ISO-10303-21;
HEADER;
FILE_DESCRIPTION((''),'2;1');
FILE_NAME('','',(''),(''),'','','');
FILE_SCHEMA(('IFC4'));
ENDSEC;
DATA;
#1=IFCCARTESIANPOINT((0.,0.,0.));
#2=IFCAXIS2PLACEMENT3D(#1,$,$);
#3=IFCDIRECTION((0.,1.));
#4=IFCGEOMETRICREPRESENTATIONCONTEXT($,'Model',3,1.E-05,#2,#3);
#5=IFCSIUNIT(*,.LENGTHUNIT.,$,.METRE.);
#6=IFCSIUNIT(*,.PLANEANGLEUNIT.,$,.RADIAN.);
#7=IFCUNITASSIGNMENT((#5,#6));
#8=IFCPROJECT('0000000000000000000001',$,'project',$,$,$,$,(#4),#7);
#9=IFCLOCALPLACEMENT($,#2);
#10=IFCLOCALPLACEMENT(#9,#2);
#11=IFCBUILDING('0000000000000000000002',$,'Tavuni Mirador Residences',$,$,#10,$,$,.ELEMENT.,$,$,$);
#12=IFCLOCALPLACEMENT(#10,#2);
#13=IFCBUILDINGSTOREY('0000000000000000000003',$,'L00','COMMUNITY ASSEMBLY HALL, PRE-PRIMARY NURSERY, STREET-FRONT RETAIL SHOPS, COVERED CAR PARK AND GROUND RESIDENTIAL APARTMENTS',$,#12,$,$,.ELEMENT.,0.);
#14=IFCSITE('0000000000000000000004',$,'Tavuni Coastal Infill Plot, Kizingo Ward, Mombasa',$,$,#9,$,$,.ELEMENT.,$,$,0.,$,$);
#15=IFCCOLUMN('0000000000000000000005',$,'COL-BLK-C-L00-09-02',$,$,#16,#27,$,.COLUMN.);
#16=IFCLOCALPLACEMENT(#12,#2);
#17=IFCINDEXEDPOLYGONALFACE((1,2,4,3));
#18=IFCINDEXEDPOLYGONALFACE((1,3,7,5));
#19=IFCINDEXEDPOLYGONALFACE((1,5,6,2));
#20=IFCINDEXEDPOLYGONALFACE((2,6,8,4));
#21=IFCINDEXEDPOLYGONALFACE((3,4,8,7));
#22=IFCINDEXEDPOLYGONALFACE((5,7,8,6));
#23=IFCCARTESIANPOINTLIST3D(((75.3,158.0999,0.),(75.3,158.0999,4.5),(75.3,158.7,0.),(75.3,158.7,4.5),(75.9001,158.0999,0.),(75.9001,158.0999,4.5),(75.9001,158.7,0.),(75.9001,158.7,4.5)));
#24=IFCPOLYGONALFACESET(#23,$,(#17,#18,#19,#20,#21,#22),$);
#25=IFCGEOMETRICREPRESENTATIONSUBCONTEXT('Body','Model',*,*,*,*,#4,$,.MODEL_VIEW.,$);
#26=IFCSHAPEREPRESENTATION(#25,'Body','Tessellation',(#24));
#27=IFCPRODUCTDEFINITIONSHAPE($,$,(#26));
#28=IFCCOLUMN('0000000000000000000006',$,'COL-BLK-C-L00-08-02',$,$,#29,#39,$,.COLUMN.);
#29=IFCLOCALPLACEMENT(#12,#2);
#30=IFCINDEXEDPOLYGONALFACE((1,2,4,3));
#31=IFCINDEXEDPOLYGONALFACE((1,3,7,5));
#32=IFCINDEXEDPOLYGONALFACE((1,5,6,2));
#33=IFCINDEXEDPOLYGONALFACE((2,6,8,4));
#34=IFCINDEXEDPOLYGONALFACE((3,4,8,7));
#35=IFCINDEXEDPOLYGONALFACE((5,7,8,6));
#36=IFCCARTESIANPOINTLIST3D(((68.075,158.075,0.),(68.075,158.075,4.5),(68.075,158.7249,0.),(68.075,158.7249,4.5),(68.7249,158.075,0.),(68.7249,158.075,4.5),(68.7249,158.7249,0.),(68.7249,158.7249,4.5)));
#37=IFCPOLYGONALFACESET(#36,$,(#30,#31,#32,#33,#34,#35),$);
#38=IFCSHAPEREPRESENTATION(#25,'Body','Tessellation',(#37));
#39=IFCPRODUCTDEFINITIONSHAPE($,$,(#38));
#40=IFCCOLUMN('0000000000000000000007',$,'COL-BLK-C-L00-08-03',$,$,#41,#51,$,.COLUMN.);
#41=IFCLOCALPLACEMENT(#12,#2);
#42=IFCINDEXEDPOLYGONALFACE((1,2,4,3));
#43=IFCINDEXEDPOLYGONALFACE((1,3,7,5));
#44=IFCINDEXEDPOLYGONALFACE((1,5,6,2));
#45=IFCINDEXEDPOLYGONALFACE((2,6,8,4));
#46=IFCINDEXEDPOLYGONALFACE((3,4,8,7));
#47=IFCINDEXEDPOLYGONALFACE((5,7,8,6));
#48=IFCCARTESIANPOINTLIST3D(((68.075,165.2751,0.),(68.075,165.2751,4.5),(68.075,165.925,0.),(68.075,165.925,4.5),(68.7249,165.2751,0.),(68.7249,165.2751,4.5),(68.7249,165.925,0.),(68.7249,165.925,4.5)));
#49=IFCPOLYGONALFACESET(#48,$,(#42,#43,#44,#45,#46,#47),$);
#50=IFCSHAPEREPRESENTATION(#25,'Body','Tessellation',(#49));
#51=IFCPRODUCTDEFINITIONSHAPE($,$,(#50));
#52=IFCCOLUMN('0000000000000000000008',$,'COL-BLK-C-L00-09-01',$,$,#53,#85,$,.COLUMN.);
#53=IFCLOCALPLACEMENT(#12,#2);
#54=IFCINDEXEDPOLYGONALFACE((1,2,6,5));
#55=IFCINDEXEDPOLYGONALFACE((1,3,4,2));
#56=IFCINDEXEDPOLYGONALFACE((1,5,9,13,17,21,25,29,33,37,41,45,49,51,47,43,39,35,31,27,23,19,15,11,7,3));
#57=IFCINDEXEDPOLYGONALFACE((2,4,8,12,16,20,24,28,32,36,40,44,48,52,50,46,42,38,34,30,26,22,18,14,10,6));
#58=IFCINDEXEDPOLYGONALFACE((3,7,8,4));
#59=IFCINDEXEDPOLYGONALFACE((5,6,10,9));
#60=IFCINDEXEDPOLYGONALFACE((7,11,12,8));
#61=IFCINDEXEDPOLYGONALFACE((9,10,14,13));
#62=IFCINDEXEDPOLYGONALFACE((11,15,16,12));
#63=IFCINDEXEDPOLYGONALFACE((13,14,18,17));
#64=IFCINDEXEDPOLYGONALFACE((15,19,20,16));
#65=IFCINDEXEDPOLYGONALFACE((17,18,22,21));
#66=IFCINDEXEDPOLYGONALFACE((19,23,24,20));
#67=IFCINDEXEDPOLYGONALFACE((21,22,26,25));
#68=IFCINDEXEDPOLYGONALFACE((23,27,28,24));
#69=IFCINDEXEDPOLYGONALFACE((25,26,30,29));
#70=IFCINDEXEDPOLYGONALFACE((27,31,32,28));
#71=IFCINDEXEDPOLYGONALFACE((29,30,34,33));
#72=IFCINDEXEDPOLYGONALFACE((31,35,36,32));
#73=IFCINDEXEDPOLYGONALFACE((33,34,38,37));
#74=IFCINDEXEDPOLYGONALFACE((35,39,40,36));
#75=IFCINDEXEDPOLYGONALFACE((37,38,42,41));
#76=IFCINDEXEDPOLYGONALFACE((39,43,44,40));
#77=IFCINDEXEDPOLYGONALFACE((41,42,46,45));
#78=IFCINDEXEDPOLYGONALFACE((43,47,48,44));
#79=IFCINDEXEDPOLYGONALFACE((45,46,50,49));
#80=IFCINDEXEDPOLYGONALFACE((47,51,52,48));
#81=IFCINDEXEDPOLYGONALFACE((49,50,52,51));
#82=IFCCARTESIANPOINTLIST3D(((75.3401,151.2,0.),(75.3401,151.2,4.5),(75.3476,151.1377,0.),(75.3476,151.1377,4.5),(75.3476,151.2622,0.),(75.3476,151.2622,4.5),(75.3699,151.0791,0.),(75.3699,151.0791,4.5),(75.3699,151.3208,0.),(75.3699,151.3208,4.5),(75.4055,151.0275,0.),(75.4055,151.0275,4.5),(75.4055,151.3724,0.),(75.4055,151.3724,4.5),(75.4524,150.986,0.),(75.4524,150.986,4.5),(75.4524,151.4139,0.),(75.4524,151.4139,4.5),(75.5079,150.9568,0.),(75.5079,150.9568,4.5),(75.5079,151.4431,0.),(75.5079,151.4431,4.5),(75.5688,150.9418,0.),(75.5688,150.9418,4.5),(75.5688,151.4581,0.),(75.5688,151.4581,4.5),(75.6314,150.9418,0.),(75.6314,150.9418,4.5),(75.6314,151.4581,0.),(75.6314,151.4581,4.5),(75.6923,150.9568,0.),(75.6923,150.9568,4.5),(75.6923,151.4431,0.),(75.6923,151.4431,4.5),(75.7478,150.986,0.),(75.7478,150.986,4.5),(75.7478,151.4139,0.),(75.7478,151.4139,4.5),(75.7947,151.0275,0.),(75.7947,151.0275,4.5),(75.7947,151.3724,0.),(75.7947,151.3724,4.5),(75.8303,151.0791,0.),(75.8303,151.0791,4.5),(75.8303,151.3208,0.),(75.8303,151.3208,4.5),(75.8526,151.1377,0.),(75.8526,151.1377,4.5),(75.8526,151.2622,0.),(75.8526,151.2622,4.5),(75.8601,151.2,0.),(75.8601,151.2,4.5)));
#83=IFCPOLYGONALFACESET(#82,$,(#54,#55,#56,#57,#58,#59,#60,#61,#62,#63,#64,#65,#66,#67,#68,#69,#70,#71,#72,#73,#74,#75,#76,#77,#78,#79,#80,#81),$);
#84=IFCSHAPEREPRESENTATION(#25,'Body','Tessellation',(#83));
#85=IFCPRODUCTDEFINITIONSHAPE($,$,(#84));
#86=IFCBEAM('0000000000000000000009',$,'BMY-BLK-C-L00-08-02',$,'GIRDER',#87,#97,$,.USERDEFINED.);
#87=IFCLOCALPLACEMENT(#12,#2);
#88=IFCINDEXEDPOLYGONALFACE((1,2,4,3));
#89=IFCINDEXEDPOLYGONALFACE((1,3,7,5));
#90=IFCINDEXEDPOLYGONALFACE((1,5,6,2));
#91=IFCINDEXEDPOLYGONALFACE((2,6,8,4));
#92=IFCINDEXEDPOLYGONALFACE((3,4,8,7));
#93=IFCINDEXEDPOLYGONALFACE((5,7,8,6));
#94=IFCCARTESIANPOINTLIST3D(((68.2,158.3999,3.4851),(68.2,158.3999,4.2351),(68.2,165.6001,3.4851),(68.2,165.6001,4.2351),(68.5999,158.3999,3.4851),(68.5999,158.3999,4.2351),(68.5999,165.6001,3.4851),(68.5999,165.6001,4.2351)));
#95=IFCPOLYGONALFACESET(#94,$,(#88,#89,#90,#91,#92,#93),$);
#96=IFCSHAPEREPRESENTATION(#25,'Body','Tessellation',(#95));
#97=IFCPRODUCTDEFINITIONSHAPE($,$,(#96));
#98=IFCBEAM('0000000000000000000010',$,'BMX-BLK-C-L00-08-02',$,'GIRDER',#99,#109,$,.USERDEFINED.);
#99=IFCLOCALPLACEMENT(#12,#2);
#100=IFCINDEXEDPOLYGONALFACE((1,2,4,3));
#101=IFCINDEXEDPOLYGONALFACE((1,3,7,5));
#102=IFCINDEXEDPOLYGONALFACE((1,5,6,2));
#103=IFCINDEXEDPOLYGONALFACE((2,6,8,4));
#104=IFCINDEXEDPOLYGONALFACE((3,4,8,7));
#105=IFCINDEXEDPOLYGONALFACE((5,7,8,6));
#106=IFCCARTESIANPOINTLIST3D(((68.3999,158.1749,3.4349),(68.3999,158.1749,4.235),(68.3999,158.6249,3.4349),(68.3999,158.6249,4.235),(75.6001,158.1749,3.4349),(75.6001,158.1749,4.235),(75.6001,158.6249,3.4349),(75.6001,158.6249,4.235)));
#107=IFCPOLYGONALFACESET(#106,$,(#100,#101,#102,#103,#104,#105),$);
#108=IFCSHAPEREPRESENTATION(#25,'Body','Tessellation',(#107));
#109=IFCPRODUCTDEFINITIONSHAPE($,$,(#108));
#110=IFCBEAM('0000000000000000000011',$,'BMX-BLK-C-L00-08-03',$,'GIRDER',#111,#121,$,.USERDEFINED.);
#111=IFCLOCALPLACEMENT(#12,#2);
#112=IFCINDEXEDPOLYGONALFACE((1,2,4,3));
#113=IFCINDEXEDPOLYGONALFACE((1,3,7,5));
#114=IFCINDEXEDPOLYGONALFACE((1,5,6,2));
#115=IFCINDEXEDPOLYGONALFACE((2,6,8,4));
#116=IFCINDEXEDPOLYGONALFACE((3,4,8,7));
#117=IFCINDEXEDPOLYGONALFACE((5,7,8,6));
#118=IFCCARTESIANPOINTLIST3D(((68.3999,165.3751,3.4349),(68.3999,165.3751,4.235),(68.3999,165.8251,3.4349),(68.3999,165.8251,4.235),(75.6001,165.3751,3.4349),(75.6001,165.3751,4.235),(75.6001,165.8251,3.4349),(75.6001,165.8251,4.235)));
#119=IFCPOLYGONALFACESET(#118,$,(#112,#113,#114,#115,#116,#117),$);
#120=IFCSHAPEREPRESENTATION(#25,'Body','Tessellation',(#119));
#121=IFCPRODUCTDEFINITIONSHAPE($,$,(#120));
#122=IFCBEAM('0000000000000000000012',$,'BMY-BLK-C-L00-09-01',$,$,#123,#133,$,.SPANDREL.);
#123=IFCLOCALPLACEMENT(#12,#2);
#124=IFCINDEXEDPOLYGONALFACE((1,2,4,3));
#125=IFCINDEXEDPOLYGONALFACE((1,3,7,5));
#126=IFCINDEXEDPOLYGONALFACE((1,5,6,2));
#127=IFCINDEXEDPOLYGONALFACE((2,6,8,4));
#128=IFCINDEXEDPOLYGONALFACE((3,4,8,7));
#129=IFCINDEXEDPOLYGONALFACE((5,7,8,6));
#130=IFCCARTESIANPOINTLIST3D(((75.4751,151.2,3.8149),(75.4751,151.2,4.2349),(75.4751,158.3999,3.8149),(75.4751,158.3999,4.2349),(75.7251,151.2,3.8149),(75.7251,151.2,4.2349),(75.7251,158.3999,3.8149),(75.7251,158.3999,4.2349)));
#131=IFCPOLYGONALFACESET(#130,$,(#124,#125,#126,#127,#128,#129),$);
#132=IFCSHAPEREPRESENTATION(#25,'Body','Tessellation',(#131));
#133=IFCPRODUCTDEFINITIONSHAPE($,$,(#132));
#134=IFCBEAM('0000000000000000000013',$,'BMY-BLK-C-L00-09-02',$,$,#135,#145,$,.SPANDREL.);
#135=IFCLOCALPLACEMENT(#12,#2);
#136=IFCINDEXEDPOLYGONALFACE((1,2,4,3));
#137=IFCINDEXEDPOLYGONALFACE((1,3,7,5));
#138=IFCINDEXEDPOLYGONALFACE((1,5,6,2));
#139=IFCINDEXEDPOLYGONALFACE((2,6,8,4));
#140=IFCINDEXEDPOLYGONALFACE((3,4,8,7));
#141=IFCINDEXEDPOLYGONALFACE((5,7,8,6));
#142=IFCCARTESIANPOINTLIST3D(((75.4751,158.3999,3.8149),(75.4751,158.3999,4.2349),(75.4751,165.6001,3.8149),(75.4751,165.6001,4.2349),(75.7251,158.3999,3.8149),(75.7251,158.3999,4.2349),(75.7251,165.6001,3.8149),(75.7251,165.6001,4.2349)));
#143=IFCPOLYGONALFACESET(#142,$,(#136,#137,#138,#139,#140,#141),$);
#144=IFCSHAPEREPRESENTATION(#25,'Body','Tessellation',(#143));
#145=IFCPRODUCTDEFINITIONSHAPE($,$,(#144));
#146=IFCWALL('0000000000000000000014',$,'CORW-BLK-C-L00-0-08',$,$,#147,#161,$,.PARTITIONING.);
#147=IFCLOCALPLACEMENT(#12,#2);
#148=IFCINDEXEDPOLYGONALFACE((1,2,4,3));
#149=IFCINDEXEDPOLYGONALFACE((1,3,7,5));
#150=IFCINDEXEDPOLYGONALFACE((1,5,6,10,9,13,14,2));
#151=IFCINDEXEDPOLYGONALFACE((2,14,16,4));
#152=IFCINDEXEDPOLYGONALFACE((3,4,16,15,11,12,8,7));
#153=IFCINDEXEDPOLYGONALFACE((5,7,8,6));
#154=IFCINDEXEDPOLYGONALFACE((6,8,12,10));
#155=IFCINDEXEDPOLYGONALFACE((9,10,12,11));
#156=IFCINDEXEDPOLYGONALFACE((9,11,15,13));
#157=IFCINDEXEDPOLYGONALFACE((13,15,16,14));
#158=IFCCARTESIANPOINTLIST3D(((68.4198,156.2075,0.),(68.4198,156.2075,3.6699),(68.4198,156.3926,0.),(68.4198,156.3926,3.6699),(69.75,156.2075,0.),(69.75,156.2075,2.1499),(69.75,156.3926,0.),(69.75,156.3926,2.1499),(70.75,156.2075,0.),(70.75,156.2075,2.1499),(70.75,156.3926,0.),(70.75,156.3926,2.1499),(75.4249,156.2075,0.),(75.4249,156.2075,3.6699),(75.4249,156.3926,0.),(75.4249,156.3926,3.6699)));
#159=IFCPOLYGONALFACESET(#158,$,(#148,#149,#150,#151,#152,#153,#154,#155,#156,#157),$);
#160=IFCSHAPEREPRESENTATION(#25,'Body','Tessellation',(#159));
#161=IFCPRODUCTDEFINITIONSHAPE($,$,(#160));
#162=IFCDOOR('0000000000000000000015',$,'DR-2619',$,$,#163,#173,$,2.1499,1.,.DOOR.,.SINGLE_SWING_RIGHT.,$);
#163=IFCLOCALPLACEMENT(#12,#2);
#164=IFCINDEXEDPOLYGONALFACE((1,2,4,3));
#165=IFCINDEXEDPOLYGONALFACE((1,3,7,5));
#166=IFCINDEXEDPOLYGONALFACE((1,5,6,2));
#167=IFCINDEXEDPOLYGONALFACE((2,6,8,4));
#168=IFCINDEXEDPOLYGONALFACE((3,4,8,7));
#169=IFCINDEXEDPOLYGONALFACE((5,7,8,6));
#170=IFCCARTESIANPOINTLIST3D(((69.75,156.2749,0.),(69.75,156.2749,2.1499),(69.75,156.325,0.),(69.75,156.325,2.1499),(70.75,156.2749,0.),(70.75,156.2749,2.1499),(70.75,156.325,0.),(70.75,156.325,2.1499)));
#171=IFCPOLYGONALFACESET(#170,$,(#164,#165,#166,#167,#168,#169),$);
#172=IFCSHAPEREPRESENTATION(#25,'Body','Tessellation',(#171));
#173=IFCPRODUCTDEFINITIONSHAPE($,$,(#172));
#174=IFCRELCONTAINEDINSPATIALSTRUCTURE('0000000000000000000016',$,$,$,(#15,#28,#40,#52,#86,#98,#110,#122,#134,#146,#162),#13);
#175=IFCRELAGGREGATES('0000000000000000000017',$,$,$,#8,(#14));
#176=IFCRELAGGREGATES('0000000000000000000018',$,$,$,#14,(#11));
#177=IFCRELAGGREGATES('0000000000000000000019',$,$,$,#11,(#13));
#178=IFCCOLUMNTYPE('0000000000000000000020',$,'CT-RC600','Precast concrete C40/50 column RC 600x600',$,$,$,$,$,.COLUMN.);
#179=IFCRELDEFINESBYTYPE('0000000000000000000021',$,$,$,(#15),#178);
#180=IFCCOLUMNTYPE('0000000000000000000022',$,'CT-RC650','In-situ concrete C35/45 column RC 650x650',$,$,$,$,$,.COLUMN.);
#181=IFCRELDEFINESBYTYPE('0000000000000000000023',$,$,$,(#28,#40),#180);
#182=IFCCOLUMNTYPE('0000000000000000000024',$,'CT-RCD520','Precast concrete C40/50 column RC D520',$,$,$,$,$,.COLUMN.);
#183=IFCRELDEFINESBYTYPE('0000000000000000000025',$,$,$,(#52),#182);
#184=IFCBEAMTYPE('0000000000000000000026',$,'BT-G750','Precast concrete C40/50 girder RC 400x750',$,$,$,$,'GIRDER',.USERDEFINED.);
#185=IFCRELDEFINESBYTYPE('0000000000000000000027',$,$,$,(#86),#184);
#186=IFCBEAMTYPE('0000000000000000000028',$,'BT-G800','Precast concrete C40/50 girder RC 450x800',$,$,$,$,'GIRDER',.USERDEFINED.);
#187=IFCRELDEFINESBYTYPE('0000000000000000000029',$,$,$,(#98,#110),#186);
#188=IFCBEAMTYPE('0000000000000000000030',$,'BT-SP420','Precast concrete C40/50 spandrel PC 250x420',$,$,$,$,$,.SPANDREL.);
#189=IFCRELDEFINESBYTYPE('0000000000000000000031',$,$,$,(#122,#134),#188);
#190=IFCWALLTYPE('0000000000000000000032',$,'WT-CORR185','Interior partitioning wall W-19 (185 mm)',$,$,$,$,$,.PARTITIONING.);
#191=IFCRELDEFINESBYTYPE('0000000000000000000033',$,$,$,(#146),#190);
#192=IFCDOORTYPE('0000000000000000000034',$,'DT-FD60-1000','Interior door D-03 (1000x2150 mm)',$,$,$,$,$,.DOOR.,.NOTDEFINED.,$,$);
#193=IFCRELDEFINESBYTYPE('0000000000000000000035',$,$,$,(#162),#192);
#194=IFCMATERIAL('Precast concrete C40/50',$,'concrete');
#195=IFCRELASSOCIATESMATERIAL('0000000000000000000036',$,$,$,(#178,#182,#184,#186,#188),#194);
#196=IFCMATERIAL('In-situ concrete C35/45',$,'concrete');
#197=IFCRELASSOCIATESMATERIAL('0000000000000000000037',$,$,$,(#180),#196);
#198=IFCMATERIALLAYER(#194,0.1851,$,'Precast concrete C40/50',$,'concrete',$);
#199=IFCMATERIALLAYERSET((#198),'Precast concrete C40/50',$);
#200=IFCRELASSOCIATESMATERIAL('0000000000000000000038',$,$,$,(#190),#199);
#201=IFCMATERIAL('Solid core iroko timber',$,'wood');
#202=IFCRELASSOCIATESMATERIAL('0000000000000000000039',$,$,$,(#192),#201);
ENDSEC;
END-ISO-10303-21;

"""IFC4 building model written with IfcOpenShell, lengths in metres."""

from ifc_helpers import new_model, si_unit, direction, frame, frame_2d, origin, origin_2d, place, context, subcontext, project, spatial, rectangle, circle, extrude, material, layer, layer_set, material_profile, profile_set, type_object, element, fill, save


model = new_model("IFC4")

# Units and contexts
model_context = context("Model", 3, precision=1e-05, world=origin(), true_north=direction((0.0, 1.0)))
body_context = subcontext(model_context, "Body", "Model", "MODEL_VIEW")
ifc_project = project(units=[si_unit("LENGTHUNIT", "METRE"), si_unit("PLANEANGLEUNIT", "RADIAN")], contexts=[model_context])

# Site, building, storey
site_placement = place(None, origin())
site = spatial("IfcSite", under=ifc_project, at=site_placement, Name="Tavuni Coastal Infill Plot, Kizingo Ward, Mombasa", CompositionType="ELEMENT", RefElevation=0.0)
building_placement = place(site_placement, origin())
building = spatial("IfcBuilding", under=site, at=building_placement, Name="Tavuni Mirador Residences", CompositionType="ELEMENT")
storey_placement = place(building_placement, origin())
storey = spatial("IfcBuildingStorey", under=building, at=storey_placement, Name="L00", Description="COMMUNITY ASSEMBLY HALL, PRE-PRIMARY NURSERY, STREET-FRONT RETAIL SHOPS, COVERED CAR PARK AND GROUND RESIDENTIAL APARTMENTS", CompositionType="ELEMENT", Elevation=0.0)

# Columns
ifc_material_1 = material(Name="Precast concrete C40/50", Category="concrete")
ifc_material_profile_1 = material_profile(ifc_material_1, rectangle(XDim=0.6001, YDim=0.6001, at=origin_2d()), Name="RC 600x600", Category="concrete")
ifc_profile_set_1 = profile_set([ifc_material_profile_1], Name="Precast concrete C40/50")
column_type_1 = type_object("IfcColumnType", Name="CT-RC600", Description="Precast concrete C40/50 column RC 600x600", PredefinedType="COLUMN", material=ifc_profile_set_1)
column_1_placement = place(storey_placement, frame((75.6001, 158.3999, 0.0), z_axis=(0.0, 0.0, 1.0), x_axis=(1.0, 0.0, 0.0)))
element("IfcColumn", 1, at=column_1_placement, inside=storey, type_object=column_type_1, Name="COL-BLK-C-L00-09-02", PredefinedType="COLUMN", context=body_context, shape_type="SweptSolid", body=[
    extrude(rectangle(XDim=0.6001, YDim=0.6001, at=origin_2d()), origin(), (0.0, 0.0, 1.0), 4.5),
])
ifc_material_2 = material(Name="In-situ concrete C35/45", Category="concrete")
ifc_material_profile_2 = material_profile(ifc_material_2, rectangle(XDim=0.6499, YDim=0.6499, at=origin_2d()), Name="RC 650x650", Category="concrete")
ifc_profile_set_2 = profile_set([ifc_material_profile_2], Name="In-situ concrete C35/45")
column_type_2 = type_object("IfcColumnType", Name="CT-RC650", Description="In-situ concrete C35/45 column RC 650x650", PredefinedType="COLUMN", material=ifc_profile_set_2)
for number, where, z_axis, x_axis, name in (
    (2, (68.3999, 158.3999, 0.0), (0.0, 0.0, 1.0), (1.0, 0.0, 0.0), "COL-BLK-C-L00-08-02"),
    (3, (68.3999, 165.6001, 0.0), (0.0, 0.0, 1.0), (1.0, 0.0, 0.0), "COL-BLK-C-L00-08-03"),
):
    element("IfcColumn", number, at=place(storey_placement, frame(where, z_axis=z_axis, x_axis=x_axis)), inside=storey, type_object=column_type_2, Name=name, PredefinedType="COLUMN", context=body_context, shape_type="SweptSolid", body=[
        extrude(rectangle(XDim=0.6499, YDim=0.6499, at=origin_2d()), origin(), (0.0, 0.0, 1.0), 4.5),
    ])
ifc_material_profile_3 = material_profile(ifc_material_1, circle(Radius=0.26, at=origin_2d()), Name="RC D520", Category="concrete")
ifc_profile_set_3 = profile_set([ifc_material_profile_3], Name="Precast concrete C40/50")
column_type_3 = type_object("IfcColumnType", Name="CT-RCD520", Description="Precast concrete C40/50 column RC D520", PredefinedType="COLUMN", material=ifc_profile_set_3)
column_2_placement = place(storey_placement, frame((75.6001, 151.2, 0.0), z_axis=(0.0, 0.0, 1.0), x_axis=(1.0, 0.0, 0.0)))
element("IfcColumn", 4, at=column_2_placement, inside=storey, type_object=column_type_3, Name="COL-BLK-C-L00-09-01", PredefinedType="COLUMN", context=body_context, shape_type="SweptSolid", body=[
    extrude(circle(Radius=0.26, at=origin_2d()), origin(), (0.0, 0.0, 1.0), 4.5),
])

# Beams
ifc_material_profile_4 = material_profile(ifc_material_1, rectangle(XDim=0.3999, YDim=0.75, at=origin_2d()), Name="RC 400x750", Category="concrete")
ifc_profile_set_4 = profile_set([ifc_material_profile_4], Name="Precast concrete C40/50")
beam_type_1 = type_object("IfcBeamType", Name="BT-G750", Description="Precast concrete C40/50 girder RC 400x750", ElementType="GIRDER", PredefinedType="USERDEFINED", material=ifc_profile_set_4)
beam_1_placement = place(storey_placement, frame((68.3999, 158.3999, 3.8601), z_axis=(0.0, 1.0, 0.0), x_axis=(-1.0, 0.0, 0.0)))
element("IfcBeam", 5, at=beam_1_placement, inside=storey, type_object=beam_type_1, Name="BMY-BLK-C-L00-08-02", ObjectType="GIRDER", PredefinedType="USERDEFINED", context=body_context, shape_type="SweptSolid", body=[
    extrude(rectangle(XDim=0.3999, YDim=0.75, at=origin_2d()), origin(), (0.0, 0.0, 1.0), 7.2002),
])
ifc_material_profile_5 = material_profile(ifc_material_1, rectangle(XDim=0.45, YDim=0.8, at=origin_2d()), Name="RC 450x800", Category="concrete")
ifc_profile_set_5 = profile_set([ifc_material_profile_5], Name="Precast concrete C40/50")
beam_type_2 = type_object("IfcBeamType", Name="BT-G800", Description="Precast concrete C40/50 girder RC 450x800", ElementType="GIRDER", PredefinedType="USERDEFINED", material=ifc_profile_set_5)
for number, where, z_axis, x_axis, name in (
    (6, (68.3999, 158.3999, 3.835), (1.0, 0.0, 0.0), (0.0, 1.0, 0.0), "BMX-BLK-C-L00-08-02"),
    (7, (68.3999, 165.6001, 3.835), (1.0, 0.0, 0.0), (0.0, 1.0, 0.0), "BMX-BLK-C-L00-08-03"),
):
    element("IfcBeam", number, at=place(storey_placement, frame(where, z_axis=z_axis, x_axis=x_axis)), inside=storey, type_object=beam_type_2, Name=name, ObjectType="GIRDER", PredefinedType="USERDEFINED", context=body_context, shape_type="SweptSolid", body=[
        extrude(rectangle(XDim=0.45, YDim=0.8, at=origin_2d()), origin(), (0.0, 0.0, 1.0), 7.2002),
    ])
ifc_material_profile_6 = material_profile(ifc_material_1, rectangle(XDim=0.25, YDim=0.4199, at=origin_2d()), Name="PC 250x420", Category="concrete")
ifc_profile_set_6 = profile_set([ifc_material_profile_6], Name="Precast concrete C40/50")
beam_type_3 = type_object("IfcBeamType", Name="BT-SP420", Description="Precast concrete C40/50 spandrel PC 250x420", PredefinedType="SPANDREL", material=ifc_profile_set_6)
beam_2_placement = place(storey_placement, frame((75.6001, 151.2, 4.0249), z_axis=(0.0, 1.0, 0.0), x_axis=(-1.0, 0.0, 0.0)))
element("IfcBeam", 8, at=beam_2_placement, inside=storey, type_object=beam_type_3, Name="BMY-BLK-C-L00-09-01", PredefinedType="SPANDREL", context=body_context, shape_type="SweptSolid", body=[
    extrude(rectangle(XDim=0.25, YDim=0.4199, at=origin_2d()), origin(), (0.0, 0.0, 1.0), 7.2),
])
beam_3_placement = place(storey_placement, frame((75.6001, 158.3999, 4.0249), z_axis=(0.0, 1.0, 0.0), x_axis=(-1.0, 0.0, 0.0)))
element("IfcBeam", 9, at=beam_3_placement, inside=storey, type_object=beam_type_3, Name="BMY-BLK-C-L00-09-02", PredefinedType="SPANDREL", context=body_context, shape_type="SweptSolid", body=[
    extrude(rectangle(XDim=0.25, YDim=0.4199, at=origin_2d()), origin(), (0.0, 0.0, 1.0), 7.2002),
])

# Wall, opening, door
ifc_layer_1 = layer(ifc_material_1, 0.1851, Name="Precast concrete C40/50", Category="concrete")
ifc_layer_set_1 = layer_set([ifc_layer_1], Name="Precast concrete C40/50")
wall_type_1 = type_object("IfcWallType", Name="WT-CORR185", Description="Interior partitioning wall W-19 (185 mm)", PredefinedType="PARTITIONING", material=ifc_layer_set_1)
wall_1_placement = place(storey_placement, frame((68.4199, 156.3, 0.0), z_axis=(0.0, 0.0, 1.0), x_axis=(1.0, 0.0, 0.0)))
wall_1 = element("IfcWall", 10, at=wall_1_placement, inside=storey, type_object=wall_type_1, Name="CORW-BLK-C-L00-0-08", PredefinedType="PARTITIONING", context=body_context, shape_type="SweptSolid", body=[
    extrude(rectangle(XDim=7.0051, YDim=0.1851, at=frame_2d((3.5024, 0.0))), origin(), (0.0, 0.0, 1.0), 3.6699),
])
opening_1_placement = place(wall_1_placement, frame((1.3301, 0.0, 0.0)))
opening_1 = element("IfcOpeningElement", 11, at=opening_1_placement, cuts=wall_1, PredefinedType="OPENING", context=body_context, shape_type="SweptSolid", body=[
    extrude(rectangle(XDim=1.0, YDim=2.1499, at=frame_2d((0.5, 1.075))), frame((0.0, 0.1025, 0.0), z_axis=(0.0, -1.0, 0.0), x_axis=(1.0, 0.0, 0.0)), (0.0, 0.0, 1.0), 0.2051),
])
ifc_material_3 = material(Name="Solid core iroko timber", Category="wood")
door_type_1 = type_object("IfcDoorType", Name="DT-FD60-1000", Description="Interior door D-03 (1000x2150 mm)", OperationType="NOTDEFINED", PredefinedType="DOOR", material=ifc_material_3)
door_1_placement = place(opening_1_placement, origin())
door_1 = element("IfcDoor", 12, at=door_1_placement, inside=storey, type_object=door_type_1, Name="DR-2619", OperationType="SINGLE_SWING_RIGHT", OverallHeight=2.1499, OverallWidth=1.0, PredefinedType="DOOR", context=body_context, shape_type="SweptSolid", body=[
    extrude(rectangle(XDim=1.0, YDim=2.1499, at=frame_2d((0.5, 1.075))), frame((0.0, 0.0249, 0.0), z_axis=(0.0, -1.0, 0.0), x_axis=(1.0, 0.0, 0.0)), (0.0, 0.0, 1.0), 0.05),
])
fill(opening_1, door_1)

save(model, "model.ifc")
